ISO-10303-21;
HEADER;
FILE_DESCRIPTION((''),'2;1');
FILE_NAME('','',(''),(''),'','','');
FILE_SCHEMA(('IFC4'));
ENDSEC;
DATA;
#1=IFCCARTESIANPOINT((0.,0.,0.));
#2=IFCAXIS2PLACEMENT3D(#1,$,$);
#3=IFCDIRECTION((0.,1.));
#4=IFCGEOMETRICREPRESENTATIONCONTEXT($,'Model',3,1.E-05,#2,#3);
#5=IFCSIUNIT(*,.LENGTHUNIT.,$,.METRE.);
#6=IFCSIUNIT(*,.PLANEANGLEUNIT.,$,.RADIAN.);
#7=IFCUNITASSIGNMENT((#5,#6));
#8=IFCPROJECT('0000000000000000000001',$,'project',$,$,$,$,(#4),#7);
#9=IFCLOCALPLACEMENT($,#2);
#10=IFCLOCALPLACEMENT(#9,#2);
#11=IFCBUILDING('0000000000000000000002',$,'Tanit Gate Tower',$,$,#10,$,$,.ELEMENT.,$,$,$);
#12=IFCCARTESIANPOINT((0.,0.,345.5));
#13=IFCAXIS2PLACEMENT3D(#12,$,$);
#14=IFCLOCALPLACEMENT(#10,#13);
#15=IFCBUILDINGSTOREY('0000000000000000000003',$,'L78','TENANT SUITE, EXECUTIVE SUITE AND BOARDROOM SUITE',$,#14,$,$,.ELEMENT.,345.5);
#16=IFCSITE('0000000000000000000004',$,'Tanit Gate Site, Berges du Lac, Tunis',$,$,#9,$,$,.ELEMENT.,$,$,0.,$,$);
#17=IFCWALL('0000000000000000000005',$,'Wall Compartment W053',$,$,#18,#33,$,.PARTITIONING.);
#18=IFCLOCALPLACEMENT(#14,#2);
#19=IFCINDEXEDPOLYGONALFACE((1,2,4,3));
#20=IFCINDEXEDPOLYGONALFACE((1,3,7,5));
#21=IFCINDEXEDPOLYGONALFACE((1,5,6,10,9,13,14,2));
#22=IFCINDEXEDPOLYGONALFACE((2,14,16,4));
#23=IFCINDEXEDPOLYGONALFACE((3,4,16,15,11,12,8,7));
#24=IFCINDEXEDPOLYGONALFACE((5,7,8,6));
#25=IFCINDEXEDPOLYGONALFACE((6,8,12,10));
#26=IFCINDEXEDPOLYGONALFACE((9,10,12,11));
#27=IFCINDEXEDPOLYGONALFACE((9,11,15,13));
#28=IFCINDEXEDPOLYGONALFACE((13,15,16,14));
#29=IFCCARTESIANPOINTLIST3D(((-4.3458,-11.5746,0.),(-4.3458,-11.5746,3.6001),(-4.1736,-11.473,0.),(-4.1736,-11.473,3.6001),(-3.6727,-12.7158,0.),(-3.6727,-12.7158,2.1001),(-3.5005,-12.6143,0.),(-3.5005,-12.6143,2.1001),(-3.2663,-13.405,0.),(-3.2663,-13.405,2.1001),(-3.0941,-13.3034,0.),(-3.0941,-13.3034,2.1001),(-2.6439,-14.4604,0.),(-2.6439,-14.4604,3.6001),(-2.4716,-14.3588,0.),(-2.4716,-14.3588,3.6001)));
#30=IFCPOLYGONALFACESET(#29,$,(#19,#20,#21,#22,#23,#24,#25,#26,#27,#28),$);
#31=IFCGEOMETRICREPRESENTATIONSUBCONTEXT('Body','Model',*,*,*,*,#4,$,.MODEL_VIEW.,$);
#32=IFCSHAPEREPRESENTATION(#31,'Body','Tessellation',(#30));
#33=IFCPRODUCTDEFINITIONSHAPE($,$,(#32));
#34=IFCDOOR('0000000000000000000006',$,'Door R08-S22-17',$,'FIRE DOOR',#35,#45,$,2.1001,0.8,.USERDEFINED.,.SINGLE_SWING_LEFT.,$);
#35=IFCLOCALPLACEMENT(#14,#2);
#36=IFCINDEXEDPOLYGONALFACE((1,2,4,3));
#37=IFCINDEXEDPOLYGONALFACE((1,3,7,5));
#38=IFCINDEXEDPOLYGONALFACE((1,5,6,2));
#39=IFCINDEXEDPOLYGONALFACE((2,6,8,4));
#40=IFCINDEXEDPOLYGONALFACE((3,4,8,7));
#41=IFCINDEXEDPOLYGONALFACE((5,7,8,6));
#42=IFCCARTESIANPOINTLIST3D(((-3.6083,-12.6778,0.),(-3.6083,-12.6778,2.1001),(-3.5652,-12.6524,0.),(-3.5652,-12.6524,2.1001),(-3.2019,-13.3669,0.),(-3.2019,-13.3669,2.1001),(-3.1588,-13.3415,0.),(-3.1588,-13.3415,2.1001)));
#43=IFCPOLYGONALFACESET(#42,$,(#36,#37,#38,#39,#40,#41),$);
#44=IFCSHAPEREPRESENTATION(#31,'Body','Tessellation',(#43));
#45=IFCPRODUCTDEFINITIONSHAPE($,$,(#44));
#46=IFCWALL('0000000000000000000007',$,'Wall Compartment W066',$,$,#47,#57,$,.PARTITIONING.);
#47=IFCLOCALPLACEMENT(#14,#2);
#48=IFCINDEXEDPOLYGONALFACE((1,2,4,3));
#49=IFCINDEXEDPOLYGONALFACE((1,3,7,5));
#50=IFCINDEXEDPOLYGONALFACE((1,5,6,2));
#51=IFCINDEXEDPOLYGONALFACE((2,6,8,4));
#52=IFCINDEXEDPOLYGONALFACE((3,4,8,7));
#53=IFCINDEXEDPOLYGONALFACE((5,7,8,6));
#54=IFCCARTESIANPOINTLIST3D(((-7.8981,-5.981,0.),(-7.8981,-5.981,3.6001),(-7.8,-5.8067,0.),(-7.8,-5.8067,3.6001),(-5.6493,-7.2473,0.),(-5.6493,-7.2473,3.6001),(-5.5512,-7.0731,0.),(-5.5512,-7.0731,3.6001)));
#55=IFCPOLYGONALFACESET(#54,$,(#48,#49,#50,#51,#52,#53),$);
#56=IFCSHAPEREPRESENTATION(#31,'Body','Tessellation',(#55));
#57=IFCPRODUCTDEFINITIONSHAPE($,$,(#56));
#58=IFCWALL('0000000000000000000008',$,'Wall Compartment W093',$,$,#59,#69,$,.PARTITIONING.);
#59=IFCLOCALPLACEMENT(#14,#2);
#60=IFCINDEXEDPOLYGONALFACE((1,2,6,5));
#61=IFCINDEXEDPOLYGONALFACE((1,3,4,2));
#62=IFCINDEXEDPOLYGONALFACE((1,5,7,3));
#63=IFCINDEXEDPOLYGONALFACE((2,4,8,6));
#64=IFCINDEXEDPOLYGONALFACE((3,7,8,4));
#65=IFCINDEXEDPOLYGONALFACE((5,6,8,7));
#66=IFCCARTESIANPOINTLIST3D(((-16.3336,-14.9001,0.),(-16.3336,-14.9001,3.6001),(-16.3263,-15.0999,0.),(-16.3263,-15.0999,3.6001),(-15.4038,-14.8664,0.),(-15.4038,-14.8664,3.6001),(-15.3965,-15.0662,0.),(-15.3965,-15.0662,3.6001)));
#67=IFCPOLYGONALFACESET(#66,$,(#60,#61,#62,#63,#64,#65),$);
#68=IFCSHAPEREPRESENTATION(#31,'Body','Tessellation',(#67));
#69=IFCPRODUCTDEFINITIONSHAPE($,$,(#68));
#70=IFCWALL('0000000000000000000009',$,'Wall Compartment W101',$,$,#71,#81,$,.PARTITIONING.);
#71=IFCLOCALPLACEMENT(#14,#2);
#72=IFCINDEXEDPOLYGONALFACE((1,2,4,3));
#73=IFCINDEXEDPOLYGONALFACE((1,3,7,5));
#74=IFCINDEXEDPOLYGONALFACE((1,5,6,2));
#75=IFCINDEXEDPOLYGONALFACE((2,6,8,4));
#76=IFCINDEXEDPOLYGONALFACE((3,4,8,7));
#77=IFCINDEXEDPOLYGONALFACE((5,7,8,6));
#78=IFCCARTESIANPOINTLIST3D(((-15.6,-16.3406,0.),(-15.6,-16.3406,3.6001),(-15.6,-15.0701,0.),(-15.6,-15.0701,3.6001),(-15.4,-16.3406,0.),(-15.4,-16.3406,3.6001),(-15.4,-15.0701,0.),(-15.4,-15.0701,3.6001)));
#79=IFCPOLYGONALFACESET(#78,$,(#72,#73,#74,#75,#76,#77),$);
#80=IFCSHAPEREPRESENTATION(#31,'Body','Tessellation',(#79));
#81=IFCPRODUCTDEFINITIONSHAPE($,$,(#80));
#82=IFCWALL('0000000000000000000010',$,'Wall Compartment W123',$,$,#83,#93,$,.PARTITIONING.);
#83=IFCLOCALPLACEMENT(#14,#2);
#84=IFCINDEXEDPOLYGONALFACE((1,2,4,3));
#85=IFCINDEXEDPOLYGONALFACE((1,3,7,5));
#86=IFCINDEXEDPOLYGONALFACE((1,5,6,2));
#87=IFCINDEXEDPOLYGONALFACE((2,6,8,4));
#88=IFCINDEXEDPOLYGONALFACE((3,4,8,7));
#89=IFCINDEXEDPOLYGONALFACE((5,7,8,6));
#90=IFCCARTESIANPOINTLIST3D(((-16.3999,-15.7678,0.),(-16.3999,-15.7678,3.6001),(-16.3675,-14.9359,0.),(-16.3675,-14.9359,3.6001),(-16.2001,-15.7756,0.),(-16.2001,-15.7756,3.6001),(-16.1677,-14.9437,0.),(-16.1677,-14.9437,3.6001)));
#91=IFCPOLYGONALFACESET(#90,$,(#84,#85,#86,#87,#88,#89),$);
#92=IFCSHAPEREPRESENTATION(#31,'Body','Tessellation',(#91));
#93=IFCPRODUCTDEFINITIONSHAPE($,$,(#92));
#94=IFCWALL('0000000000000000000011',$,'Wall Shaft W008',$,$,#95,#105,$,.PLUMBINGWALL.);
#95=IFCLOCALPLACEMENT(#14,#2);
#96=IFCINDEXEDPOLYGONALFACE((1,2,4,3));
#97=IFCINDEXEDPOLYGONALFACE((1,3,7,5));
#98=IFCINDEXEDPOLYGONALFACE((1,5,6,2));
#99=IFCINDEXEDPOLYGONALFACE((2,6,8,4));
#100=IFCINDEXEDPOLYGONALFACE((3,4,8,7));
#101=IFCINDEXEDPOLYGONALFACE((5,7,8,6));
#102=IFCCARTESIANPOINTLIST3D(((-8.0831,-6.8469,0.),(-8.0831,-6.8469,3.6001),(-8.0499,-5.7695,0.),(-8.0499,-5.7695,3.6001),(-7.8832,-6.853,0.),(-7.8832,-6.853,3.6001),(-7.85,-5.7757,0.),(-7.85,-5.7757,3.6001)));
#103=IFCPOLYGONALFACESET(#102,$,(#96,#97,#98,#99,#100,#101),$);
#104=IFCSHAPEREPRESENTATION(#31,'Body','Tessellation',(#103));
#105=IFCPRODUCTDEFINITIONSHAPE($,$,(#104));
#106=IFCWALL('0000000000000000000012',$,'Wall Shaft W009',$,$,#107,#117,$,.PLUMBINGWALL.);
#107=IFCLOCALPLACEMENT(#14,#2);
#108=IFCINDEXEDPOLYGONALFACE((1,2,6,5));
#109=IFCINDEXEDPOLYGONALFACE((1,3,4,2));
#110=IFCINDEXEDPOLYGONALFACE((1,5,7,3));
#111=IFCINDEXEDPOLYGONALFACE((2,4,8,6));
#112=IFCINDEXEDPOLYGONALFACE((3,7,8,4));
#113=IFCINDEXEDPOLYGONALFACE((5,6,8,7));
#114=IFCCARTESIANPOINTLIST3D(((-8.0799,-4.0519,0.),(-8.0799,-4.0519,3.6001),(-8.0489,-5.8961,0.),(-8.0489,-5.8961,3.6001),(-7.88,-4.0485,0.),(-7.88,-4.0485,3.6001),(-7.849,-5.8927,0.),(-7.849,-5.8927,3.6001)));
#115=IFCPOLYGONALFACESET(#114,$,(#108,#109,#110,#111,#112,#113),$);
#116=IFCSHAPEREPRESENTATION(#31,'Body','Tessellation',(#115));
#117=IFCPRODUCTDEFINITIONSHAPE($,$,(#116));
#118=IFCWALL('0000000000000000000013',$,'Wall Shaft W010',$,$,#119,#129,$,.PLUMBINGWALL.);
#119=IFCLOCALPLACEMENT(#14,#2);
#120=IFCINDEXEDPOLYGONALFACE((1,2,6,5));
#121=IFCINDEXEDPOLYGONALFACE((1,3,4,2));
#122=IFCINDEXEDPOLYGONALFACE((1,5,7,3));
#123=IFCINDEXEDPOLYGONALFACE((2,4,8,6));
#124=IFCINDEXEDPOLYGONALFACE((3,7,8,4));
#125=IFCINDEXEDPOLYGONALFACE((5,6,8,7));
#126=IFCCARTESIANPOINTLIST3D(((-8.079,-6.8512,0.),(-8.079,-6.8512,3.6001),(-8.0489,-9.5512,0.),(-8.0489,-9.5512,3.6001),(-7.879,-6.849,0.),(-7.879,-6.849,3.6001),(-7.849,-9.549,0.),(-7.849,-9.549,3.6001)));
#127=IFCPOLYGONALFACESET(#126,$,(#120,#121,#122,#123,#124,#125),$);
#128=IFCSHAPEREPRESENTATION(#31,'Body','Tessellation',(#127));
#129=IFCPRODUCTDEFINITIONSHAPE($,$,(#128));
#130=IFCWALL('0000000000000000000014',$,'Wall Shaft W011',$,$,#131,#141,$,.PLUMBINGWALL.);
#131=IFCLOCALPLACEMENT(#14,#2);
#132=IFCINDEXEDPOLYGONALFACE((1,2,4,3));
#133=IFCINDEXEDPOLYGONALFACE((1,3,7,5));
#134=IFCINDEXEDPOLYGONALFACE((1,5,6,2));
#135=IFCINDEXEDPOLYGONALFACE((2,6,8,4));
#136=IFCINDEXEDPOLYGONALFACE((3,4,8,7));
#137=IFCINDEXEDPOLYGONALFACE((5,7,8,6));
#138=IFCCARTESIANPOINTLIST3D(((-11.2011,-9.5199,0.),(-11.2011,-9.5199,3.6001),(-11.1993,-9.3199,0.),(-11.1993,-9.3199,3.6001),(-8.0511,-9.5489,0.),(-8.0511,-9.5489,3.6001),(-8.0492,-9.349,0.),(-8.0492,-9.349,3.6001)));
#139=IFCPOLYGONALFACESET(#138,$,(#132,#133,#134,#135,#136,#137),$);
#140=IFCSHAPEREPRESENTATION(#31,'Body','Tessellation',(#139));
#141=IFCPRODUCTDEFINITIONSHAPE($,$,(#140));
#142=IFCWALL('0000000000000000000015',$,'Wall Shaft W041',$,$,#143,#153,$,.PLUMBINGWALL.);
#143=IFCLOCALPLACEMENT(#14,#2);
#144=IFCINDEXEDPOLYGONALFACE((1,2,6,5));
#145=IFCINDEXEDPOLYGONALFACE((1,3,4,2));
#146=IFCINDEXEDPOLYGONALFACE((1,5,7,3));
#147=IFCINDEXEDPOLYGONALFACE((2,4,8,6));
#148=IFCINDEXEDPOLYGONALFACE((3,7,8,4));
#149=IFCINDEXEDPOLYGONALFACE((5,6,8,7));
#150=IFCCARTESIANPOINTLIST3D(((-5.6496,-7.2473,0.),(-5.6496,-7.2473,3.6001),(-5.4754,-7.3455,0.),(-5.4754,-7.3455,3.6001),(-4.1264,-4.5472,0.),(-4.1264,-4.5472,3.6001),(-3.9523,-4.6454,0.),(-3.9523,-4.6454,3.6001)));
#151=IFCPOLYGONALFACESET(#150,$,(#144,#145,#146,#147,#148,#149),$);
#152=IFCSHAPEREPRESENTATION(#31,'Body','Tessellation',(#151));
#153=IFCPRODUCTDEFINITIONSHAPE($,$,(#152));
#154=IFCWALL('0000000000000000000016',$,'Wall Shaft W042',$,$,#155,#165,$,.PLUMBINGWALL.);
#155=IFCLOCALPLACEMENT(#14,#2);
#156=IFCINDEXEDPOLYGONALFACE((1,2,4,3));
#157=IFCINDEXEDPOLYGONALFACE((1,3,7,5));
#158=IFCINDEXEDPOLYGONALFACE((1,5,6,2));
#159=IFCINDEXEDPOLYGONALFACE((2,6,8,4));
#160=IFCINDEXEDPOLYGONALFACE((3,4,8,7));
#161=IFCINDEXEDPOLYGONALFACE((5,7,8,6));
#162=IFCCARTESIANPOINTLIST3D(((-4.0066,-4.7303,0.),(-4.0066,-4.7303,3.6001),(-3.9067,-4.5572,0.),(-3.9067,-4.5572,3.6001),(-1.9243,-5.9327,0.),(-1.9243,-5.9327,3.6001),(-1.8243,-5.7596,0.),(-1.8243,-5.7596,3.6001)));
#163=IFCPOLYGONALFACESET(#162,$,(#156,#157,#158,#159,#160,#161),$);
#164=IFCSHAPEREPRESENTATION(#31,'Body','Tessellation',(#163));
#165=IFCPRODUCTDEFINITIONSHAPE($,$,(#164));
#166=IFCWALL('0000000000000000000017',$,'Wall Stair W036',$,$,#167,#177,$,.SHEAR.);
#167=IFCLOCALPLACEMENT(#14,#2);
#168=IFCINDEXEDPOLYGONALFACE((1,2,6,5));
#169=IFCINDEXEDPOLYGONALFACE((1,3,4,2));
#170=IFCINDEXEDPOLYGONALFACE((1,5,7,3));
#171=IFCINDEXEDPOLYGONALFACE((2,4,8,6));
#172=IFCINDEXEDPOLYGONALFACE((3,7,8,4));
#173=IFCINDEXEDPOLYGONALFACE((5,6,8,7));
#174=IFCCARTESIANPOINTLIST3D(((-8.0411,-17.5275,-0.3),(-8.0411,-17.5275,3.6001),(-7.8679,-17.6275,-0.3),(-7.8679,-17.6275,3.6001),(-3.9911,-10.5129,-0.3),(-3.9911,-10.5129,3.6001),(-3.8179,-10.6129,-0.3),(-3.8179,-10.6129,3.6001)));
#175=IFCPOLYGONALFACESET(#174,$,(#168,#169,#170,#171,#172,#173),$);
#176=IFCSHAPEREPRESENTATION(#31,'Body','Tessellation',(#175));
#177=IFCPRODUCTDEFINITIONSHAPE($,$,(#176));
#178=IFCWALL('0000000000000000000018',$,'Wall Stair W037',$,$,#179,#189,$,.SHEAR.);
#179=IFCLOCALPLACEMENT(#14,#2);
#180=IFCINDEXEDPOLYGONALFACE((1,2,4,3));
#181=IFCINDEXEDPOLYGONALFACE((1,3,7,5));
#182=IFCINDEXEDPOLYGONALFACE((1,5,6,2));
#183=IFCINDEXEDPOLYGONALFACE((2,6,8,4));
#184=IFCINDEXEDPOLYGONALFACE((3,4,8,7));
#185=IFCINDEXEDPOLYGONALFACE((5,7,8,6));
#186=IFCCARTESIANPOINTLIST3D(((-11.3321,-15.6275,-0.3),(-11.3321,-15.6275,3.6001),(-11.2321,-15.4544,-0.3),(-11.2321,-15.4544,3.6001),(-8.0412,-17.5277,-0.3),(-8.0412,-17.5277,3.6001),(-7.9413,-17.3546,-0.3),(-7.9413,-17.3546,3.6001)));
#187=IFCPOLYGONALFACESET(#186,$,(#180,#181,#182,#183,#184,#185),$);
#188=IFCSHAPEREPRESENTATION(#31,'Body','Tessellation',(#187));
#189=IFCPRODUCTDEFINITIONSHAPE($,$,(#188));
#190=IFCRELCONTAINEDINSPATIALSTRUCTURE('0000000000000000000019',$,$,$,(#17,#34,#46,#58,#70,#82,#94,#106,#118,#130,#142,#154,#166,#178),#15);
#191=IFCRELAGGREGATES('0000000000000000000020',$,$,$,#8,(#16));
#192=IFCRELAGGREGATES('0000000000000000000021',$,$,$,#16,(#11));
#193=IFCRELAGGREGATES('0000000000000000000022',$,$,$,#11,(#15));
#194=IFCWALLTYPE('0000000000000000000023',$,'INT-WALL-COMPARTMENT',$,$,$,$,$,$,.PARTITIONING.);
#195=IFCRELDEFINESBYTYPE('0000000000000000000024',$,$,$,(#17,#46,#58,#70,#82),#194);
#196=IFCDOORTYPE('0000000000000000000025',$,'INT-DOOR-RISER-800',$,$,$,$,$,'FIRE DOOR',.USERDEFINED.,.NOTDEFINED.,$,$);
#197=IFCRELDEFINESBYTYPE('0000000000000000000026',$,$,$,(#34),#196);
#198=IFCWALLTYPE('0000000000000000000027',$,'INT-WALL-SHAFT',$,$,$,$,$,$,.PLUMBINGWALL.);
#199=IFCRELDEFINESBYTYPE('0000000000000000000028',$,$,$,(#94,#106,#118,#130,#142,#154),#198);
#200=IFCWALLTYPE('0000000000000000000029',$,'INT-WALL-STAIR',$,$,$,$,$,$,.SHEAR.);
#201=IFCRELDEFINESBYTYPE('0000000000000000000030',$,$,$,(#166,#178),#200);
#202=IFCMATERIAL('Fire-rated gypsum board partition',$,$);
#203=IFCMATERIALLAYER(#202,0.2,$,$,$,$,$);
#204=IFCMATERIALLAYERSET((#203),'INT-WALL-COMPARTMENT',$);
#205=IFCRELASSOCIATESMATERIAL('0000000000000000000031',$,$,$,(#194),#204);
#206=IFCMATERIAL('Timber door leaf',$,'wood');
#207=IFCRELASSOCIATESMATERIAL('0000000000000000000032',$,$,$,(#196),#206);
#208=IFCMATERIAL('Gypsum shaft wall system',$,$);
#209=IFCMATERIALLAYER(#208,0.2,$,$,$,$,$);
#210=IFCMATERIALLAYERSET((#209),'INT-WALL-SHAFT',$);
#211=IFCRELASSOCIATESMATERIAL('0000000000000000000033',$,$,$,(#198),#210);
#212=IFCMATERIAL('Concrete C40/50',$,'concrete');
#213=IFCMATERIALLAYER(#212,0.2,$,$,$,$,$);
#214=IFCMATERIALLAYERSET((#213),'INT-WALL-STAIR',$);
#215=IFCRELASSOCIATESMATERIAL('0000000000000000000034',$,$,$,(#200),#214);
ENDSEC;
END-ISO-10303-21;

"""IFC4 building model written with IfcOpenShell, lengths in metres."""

from ifc_helpers import new_model, si_unit, direction, frame, frame_2d, origin, place, context, subcontext, project, spatial, rectangle, extrude, material, layer, layer_set, type_object, element, fill, save


model = new_model("IFC4")

# Units and contexts
model_context = context("Model", 3, precision=1e-05, world=origin(), true_north=direction((0.0, 1.0)))
body_context = subcontext(model_context, "Body", "Model", "MODEL_VIEW")
ifc_project = project(units=[si_unit("LENGTHUNIT", "METRE"), si_unit("PLANEANGLEUNIT", "RADIAN")], contexts=[model_context])

# Site, building, storey
site_placement = place(None, origin())
site = spatial("IfcSite", under=ifc_project, at=site_placement, Name="Tanit Gate Site, Berges du Lac, Tunis", CompositionType="ELEMENT", RefElevation=0.0)
building_placement = place(site_placement, origin())
building = spatial("IfcBuilding", under=site, at=building_placement, Name="Tanit Gate Tower", CompositionType="ELEMENT")
storey_placement = place(building_placement, frame((0.0, 0.0, 345.5)))
storey = spatial("IfcBuildingStorey", under=building, at=storey_placement, Name="L78", Description="TENANT SUITE, EXECUTIVE SUITE AND BOARDROOM SUITE", CompositionType="ELEMENT", Elevation=345.5)

# Wall, opening, door
ifc_material_1 = material(Name="Fire-rated gypsum board partition")
ifc_layer_1 = layer(ifc_material_1, 0.2)
ifc_layer_set_1 = layer_set([ifc_layer_1], Name="INT-WALL-COMPARTMENT")
wall_type_1 = type_object("IfcWallType", Name="INT-WALL-COMPARTMENT", PredefinedType="PARTITIONING", material=ifc_layer_set_1)
wall_1_placement = place(storey_placement, frame((-4.2598, -11.5237, 0.0), z_axis=(0.0, 0.0, 1.0), x_axis=(0.507997, -0.861359, 0.0)))
wall_1 = element("IfcWall", 1, at=wall_1_placement, inside=storey, type_object=wall_type_1, Name="Wall Compartment W053", PredefinedType="PARTITIONING", context=body_context, shape_type="SweptSolid", body=[
    extrude(rectangle(XDim=3.3503, YDim=0.2, at=frame_2d((1.6753, 0.0))), origin(), (0.0, 0.0, 1.0), 3.6001),
])
opening_1_placement = place(wall_1_placement, frame((1.3252, 0.0, 0.0)))
opening_1 = element("IfcOpeningElement", 2, at=opening_1_placement, cuts=wall_1, PredefinedType="OPENING", context=body_context, shape_type="SweptSolid", body=[
    extrude(rectangle(XDim=0.8, YDim=2.1001, at=frame_2d((0.3999, 1.05))), frame((0.0, 0.1099, 0.0), z_axis=(0.0, -1.0, 0.0), x_axis=(1.0, 0.0, 0.0)), (0.0, 0.0, 1.0), 0.22),
])
ifc_material_2 = material(Name="Timber door leaf", Category="wood")
door_type_1 = type_object("IfcDoorType", Name="INT-DOOR-RISER-800", ElementType="FIRE DOOR", OperationType="NOTDEFINED", PredefinedType="USERDEFINED", material=ifc_material_2)
door_1_placement = place(opening_1_placement, origin())
door_1 = element("IfcDoor", 3, at=door_1_placement, inside=storey, type_object=door_type_1, Name="Door R08-S22-17", ObjectType="FIRE DOOR", OperationType="SINGLE_SWING_LEFT", OverallHeight=2.1001, OverallWidth=0.8, PredefinedType="USERDEFINED", context=body_context, shape_type="SweptSolid", body=[
    extrude(rectangle(XDim=0.8, YDim=2.1001, at=frame_2d((0.3999, 1.05))), frame((0.0, 0.0249, 0.0), z_axis=(0.0, -1.0, 0.0), x_axis=(1.0, 0.0, 0.0)), (0.0, 0.0, 1.0), 0.05),
])
fill(opening_1, door_1)

# Walls
wall_2_placement = place(storey_placement, frame((-7.8491, -5.8938, 0.0), z_axis=(0.0, 0.0, 1.0), x_axis=(0.87134, -0.490679, 0.0)))
element("IfcWall", 4, at=wall_2_placement, inside=storey, type_object=wall_type_1, Name="Wall Compartment W066", PredefinedType="PARTITIONING", context=body_context, shape_type="SweptSolid", body=[
    extrude(rectangle(XDim=2.5808, YDim=0.2, at=frame_2d((1.2905, 0.0))), origin(), (0.0, 0.0, 1.0), 3.6001),
])
wall_3_placement = place(storey_placement, frame((-16.3301, -15.0, 0.0), z_axis=(0.0, 0.0, 1.0), x_axis=(0.999344, 0.036206, 0.0)))
element("IfcWall", 5, at=wall_3_placement, inside=storey, type_object=wall_type_1, Name="Wall Compartment W093", PredefinedType="PARTITIONING", context=body_context, shape_type="SweptSolid", body=[
    extrude(rectangle(XDim=0.9304, YDim=0.2, at=frame_2d((0.4653, 0.0))), origin(), (0.0, 0.0, 1.0), 3.6001),
])
wall_4_placement = place(storey_placement, frame((-15.5, -15.0701, 0.0), z_axis=(0.0, 0.0, 1.0), x_axis=(0.0, -1.0, 0.0)))
element("IfcWall", 6, at=wall_4_placement, inside=storey, type_object=wall_type_1, Name="Wall Compartment W101", PredefinedType="PARTITIONING", context=body_context, shape_type="SweptSolid", body=[
    extrude(rectangle(XDim=1.2705, YDim=0.2, at=frame_2d((0.6353, 0.0))), origin(), (0.0, 0.0, 1.0), 3.6001),
])
wall_5_placement = place(storey_placement, frame((-16.3, -15.7717, 0.0), z_axis=(0.0, 0.0, 1.0), x_axis=(0.039008, 0.999239, 0.0)))
element("IfcWall", 7, at=wall_5_placement, inside=storey, type_object=wall_type_1, Name="Wall Compartment W123", PredefinedType="PARTITIONING", context=body_context, shape_type="SweptSolid", body=[
    extrude(rectangle(XDim=0.8325, YDim=0.2, at=frame_2d((0.4163, 0.0))), origin(), (0.0, 0.0, 1.0), 3.6001),
])
ifc_material_3 = material(Name="Gypsum shaft wall system")
ifc_layer_2 = layer(ifc_material_3, 0.2)
ifc_layer_set_2 = layer_set([ifc_layer_2], Name="INT-WALL-SHAFT")
wall_type_2 = type_object("IfcWallType", Name="INT-WALL-SHAFT", PredefinedType="PLUMBINGWALL", material=ifc_layer_set_2)
wall_6_placement = place(storey_placement, frame((-7.95, -5.7725, 0.0), z_axis=(0.0, 0.0, 1.0), x_axis=(-0.030803, -0.999525, 0.0)))
element("IfcWall", 8, at=wall_6_placement, inside=storey, type_object=wall_type_2, Name="Wall Shaft W008", PredefinedType="PLUMBINGWALL", context=body_context, shape_type="SweptSolid", body=[
    extrude(rectangle(XDim=1.0779, YDim=0.2, at=frame_2d((0.5391, 0.0))), origin(), (0.0, 0.0, 1.0), 3.6001),
])
wall_7_placement = place(storey_placement, frame((-7.98, -4.05, 0.0), z_axis=(0.0, 0.0, 1.0), x_axis=(0.01681, -0.999859, 0.0)))
element("IfcWall", 9, at=wall_7_placement, inside=storey, type_object=wall_type_2, Name="Wall Shaft W009", PredefinedType="PLUMBINGWALL", context=body_context, shape_type="SweptSolid", body=[
    extrude(rectangle(XDim=1.8445, YDim=0.2, at=frame_2d((0.9224, 0.0))), origin(), (0.0, 0.0, 1.0), 3.6001),
])
wall_8_placement = place(storey_placement, frame((-7.979, -6.8501, 0.0), z_axis=(0.0, 0.0, 1.0), x_axis=(0.011121, -0.999938, 0.0)))
element("IfcWall", 10, at=wall_8_placement, inside=storey, type_object=wall_type_2, Name="Wall Shaft W010", PredefinedType="PLUMBINGWALL", context=body_context, shape_type="SweptSolid", body=[
    extrude(rectangle(XDim=2.7002, YDim=0.2, at=frame_2d((1.3501, 0.0))), origin(), (0.0, 0.0, 1.0), 3.6001),
])
wall_9_placement = place(storey_placement, frame((-8.05, -9.449, 0.0), z_axis=(0.0, 0.0, 1.0), x_axis=(-0.999957, 0.009223, 0.0)))
element("IfcWall", 11, at=wall_9_placement, inside=storey, type_object=wall_type_2, Name="Wall Shaft W011", PredefinedType="PLUMBINGWALL", context=body_context, shape_type="SweptSolid", body=[
    extrude(rectangle(XDim=3.1501, YDim=0.2, at=frame_2d((1.5752, 0.0))), origin(), (0.0, 0.0, 1.0), 3.6001),
])
wall_10_placement = place(storey_placement, frame((-5.5625, -7.2964, 0.0), z_axis=(0.0, 0.0, 1.0), x_axis=(0.491323, 0.870978, 0.0)))
element("IfcWall", 12, at=wall_10_placement, inside=storey, type_object=wall_type_2, Name="Wall Shaft W041", PredefinedType="PLUMBINGWALL", context=body_context, shape_type="SweptSolid", body=[
    extrude(rectangle(XDim=3.1001, YDim=0.2, at=frame_2d((1.55, 0.0))), origin(), (0.0, 0.0, 1.0), 3.6001),
])
wall_11_placement = place(storey_placement, frame((-3.9565, -4.6438, 0.0), z_axis=(0.0, 0.0, 1.0), x_axis=(0.865991, -0.500059, 0.0)))
element("IfcWall", 13, at=wall_11_placement, inside=storey, type_object=wall_type_2, Name="Wall Shaft W042", PredefinedType="PLUMBINGWALL", context=body_context, shape_type="SweptSolid", body=[
    extrude(rectangle(XDim=2.4045, YDim=0.2, at=frame_2d((1.2021, 0.0))), origin(), (0.0, 0.0, 1.0), 3.6001),
])
ifc_material_4 = material(Name="Concrete C40/50", Category="concrete")
ifc_layer_3 = layer(ifc_material_4, 0.2)
ifc_layer_set_3 = layer_set([ifc_layer_3], Name="INT-WALL-STAIR")
wall_type_3 = type_object("IfcWallType", Name="INT-WALL-STAIR", PredefinedType="SHEAR", material=ifc_layer_set_3)
wall_12_placement = place(storey_placement, frame((-3.9045, -10.563, -0.3), z_axis=(0.0, 0.0, 1.0), x_axis=(-0.500013, -0.866018, 0.0)))
element("IfcWall", 14, at=wall_12_placement, inside=storey, type_object=wall_type_3, Name="Wall Stair W036", PredefinedType="SHEAR", context=body_context, shape_type="SweptSolid", body=[
    extrude(rectangle(XDim=8.0999, YDim=0.2, at=frame_2d((4.0498, 0.0))), origin(), (0.0, 0.0, 1.0), 3.9001),
])
wall_13_placement = place(storey_placement, frame((-11.282, -15.541, -0.3), z_axis=(0.0, 0.0, 1.0), x_axis=(0.866, -0.500043, 0.0)))
element("IfcWall", 15, at=wall_13_placement, inside=storey, type_object=wall_type_3, Name="Wall Stair W037", PredefinedType="SHEAR", context=body_context, shape_type="SweptSolid", body=[
    extrude(rectangle(XDim=3.8, YDim=0.2, at=frame_2d((1.8999, 0.0))), origin(), (0.0, 0.0, 1.0), 3.9001),
])

save(model, "model.ifc")
